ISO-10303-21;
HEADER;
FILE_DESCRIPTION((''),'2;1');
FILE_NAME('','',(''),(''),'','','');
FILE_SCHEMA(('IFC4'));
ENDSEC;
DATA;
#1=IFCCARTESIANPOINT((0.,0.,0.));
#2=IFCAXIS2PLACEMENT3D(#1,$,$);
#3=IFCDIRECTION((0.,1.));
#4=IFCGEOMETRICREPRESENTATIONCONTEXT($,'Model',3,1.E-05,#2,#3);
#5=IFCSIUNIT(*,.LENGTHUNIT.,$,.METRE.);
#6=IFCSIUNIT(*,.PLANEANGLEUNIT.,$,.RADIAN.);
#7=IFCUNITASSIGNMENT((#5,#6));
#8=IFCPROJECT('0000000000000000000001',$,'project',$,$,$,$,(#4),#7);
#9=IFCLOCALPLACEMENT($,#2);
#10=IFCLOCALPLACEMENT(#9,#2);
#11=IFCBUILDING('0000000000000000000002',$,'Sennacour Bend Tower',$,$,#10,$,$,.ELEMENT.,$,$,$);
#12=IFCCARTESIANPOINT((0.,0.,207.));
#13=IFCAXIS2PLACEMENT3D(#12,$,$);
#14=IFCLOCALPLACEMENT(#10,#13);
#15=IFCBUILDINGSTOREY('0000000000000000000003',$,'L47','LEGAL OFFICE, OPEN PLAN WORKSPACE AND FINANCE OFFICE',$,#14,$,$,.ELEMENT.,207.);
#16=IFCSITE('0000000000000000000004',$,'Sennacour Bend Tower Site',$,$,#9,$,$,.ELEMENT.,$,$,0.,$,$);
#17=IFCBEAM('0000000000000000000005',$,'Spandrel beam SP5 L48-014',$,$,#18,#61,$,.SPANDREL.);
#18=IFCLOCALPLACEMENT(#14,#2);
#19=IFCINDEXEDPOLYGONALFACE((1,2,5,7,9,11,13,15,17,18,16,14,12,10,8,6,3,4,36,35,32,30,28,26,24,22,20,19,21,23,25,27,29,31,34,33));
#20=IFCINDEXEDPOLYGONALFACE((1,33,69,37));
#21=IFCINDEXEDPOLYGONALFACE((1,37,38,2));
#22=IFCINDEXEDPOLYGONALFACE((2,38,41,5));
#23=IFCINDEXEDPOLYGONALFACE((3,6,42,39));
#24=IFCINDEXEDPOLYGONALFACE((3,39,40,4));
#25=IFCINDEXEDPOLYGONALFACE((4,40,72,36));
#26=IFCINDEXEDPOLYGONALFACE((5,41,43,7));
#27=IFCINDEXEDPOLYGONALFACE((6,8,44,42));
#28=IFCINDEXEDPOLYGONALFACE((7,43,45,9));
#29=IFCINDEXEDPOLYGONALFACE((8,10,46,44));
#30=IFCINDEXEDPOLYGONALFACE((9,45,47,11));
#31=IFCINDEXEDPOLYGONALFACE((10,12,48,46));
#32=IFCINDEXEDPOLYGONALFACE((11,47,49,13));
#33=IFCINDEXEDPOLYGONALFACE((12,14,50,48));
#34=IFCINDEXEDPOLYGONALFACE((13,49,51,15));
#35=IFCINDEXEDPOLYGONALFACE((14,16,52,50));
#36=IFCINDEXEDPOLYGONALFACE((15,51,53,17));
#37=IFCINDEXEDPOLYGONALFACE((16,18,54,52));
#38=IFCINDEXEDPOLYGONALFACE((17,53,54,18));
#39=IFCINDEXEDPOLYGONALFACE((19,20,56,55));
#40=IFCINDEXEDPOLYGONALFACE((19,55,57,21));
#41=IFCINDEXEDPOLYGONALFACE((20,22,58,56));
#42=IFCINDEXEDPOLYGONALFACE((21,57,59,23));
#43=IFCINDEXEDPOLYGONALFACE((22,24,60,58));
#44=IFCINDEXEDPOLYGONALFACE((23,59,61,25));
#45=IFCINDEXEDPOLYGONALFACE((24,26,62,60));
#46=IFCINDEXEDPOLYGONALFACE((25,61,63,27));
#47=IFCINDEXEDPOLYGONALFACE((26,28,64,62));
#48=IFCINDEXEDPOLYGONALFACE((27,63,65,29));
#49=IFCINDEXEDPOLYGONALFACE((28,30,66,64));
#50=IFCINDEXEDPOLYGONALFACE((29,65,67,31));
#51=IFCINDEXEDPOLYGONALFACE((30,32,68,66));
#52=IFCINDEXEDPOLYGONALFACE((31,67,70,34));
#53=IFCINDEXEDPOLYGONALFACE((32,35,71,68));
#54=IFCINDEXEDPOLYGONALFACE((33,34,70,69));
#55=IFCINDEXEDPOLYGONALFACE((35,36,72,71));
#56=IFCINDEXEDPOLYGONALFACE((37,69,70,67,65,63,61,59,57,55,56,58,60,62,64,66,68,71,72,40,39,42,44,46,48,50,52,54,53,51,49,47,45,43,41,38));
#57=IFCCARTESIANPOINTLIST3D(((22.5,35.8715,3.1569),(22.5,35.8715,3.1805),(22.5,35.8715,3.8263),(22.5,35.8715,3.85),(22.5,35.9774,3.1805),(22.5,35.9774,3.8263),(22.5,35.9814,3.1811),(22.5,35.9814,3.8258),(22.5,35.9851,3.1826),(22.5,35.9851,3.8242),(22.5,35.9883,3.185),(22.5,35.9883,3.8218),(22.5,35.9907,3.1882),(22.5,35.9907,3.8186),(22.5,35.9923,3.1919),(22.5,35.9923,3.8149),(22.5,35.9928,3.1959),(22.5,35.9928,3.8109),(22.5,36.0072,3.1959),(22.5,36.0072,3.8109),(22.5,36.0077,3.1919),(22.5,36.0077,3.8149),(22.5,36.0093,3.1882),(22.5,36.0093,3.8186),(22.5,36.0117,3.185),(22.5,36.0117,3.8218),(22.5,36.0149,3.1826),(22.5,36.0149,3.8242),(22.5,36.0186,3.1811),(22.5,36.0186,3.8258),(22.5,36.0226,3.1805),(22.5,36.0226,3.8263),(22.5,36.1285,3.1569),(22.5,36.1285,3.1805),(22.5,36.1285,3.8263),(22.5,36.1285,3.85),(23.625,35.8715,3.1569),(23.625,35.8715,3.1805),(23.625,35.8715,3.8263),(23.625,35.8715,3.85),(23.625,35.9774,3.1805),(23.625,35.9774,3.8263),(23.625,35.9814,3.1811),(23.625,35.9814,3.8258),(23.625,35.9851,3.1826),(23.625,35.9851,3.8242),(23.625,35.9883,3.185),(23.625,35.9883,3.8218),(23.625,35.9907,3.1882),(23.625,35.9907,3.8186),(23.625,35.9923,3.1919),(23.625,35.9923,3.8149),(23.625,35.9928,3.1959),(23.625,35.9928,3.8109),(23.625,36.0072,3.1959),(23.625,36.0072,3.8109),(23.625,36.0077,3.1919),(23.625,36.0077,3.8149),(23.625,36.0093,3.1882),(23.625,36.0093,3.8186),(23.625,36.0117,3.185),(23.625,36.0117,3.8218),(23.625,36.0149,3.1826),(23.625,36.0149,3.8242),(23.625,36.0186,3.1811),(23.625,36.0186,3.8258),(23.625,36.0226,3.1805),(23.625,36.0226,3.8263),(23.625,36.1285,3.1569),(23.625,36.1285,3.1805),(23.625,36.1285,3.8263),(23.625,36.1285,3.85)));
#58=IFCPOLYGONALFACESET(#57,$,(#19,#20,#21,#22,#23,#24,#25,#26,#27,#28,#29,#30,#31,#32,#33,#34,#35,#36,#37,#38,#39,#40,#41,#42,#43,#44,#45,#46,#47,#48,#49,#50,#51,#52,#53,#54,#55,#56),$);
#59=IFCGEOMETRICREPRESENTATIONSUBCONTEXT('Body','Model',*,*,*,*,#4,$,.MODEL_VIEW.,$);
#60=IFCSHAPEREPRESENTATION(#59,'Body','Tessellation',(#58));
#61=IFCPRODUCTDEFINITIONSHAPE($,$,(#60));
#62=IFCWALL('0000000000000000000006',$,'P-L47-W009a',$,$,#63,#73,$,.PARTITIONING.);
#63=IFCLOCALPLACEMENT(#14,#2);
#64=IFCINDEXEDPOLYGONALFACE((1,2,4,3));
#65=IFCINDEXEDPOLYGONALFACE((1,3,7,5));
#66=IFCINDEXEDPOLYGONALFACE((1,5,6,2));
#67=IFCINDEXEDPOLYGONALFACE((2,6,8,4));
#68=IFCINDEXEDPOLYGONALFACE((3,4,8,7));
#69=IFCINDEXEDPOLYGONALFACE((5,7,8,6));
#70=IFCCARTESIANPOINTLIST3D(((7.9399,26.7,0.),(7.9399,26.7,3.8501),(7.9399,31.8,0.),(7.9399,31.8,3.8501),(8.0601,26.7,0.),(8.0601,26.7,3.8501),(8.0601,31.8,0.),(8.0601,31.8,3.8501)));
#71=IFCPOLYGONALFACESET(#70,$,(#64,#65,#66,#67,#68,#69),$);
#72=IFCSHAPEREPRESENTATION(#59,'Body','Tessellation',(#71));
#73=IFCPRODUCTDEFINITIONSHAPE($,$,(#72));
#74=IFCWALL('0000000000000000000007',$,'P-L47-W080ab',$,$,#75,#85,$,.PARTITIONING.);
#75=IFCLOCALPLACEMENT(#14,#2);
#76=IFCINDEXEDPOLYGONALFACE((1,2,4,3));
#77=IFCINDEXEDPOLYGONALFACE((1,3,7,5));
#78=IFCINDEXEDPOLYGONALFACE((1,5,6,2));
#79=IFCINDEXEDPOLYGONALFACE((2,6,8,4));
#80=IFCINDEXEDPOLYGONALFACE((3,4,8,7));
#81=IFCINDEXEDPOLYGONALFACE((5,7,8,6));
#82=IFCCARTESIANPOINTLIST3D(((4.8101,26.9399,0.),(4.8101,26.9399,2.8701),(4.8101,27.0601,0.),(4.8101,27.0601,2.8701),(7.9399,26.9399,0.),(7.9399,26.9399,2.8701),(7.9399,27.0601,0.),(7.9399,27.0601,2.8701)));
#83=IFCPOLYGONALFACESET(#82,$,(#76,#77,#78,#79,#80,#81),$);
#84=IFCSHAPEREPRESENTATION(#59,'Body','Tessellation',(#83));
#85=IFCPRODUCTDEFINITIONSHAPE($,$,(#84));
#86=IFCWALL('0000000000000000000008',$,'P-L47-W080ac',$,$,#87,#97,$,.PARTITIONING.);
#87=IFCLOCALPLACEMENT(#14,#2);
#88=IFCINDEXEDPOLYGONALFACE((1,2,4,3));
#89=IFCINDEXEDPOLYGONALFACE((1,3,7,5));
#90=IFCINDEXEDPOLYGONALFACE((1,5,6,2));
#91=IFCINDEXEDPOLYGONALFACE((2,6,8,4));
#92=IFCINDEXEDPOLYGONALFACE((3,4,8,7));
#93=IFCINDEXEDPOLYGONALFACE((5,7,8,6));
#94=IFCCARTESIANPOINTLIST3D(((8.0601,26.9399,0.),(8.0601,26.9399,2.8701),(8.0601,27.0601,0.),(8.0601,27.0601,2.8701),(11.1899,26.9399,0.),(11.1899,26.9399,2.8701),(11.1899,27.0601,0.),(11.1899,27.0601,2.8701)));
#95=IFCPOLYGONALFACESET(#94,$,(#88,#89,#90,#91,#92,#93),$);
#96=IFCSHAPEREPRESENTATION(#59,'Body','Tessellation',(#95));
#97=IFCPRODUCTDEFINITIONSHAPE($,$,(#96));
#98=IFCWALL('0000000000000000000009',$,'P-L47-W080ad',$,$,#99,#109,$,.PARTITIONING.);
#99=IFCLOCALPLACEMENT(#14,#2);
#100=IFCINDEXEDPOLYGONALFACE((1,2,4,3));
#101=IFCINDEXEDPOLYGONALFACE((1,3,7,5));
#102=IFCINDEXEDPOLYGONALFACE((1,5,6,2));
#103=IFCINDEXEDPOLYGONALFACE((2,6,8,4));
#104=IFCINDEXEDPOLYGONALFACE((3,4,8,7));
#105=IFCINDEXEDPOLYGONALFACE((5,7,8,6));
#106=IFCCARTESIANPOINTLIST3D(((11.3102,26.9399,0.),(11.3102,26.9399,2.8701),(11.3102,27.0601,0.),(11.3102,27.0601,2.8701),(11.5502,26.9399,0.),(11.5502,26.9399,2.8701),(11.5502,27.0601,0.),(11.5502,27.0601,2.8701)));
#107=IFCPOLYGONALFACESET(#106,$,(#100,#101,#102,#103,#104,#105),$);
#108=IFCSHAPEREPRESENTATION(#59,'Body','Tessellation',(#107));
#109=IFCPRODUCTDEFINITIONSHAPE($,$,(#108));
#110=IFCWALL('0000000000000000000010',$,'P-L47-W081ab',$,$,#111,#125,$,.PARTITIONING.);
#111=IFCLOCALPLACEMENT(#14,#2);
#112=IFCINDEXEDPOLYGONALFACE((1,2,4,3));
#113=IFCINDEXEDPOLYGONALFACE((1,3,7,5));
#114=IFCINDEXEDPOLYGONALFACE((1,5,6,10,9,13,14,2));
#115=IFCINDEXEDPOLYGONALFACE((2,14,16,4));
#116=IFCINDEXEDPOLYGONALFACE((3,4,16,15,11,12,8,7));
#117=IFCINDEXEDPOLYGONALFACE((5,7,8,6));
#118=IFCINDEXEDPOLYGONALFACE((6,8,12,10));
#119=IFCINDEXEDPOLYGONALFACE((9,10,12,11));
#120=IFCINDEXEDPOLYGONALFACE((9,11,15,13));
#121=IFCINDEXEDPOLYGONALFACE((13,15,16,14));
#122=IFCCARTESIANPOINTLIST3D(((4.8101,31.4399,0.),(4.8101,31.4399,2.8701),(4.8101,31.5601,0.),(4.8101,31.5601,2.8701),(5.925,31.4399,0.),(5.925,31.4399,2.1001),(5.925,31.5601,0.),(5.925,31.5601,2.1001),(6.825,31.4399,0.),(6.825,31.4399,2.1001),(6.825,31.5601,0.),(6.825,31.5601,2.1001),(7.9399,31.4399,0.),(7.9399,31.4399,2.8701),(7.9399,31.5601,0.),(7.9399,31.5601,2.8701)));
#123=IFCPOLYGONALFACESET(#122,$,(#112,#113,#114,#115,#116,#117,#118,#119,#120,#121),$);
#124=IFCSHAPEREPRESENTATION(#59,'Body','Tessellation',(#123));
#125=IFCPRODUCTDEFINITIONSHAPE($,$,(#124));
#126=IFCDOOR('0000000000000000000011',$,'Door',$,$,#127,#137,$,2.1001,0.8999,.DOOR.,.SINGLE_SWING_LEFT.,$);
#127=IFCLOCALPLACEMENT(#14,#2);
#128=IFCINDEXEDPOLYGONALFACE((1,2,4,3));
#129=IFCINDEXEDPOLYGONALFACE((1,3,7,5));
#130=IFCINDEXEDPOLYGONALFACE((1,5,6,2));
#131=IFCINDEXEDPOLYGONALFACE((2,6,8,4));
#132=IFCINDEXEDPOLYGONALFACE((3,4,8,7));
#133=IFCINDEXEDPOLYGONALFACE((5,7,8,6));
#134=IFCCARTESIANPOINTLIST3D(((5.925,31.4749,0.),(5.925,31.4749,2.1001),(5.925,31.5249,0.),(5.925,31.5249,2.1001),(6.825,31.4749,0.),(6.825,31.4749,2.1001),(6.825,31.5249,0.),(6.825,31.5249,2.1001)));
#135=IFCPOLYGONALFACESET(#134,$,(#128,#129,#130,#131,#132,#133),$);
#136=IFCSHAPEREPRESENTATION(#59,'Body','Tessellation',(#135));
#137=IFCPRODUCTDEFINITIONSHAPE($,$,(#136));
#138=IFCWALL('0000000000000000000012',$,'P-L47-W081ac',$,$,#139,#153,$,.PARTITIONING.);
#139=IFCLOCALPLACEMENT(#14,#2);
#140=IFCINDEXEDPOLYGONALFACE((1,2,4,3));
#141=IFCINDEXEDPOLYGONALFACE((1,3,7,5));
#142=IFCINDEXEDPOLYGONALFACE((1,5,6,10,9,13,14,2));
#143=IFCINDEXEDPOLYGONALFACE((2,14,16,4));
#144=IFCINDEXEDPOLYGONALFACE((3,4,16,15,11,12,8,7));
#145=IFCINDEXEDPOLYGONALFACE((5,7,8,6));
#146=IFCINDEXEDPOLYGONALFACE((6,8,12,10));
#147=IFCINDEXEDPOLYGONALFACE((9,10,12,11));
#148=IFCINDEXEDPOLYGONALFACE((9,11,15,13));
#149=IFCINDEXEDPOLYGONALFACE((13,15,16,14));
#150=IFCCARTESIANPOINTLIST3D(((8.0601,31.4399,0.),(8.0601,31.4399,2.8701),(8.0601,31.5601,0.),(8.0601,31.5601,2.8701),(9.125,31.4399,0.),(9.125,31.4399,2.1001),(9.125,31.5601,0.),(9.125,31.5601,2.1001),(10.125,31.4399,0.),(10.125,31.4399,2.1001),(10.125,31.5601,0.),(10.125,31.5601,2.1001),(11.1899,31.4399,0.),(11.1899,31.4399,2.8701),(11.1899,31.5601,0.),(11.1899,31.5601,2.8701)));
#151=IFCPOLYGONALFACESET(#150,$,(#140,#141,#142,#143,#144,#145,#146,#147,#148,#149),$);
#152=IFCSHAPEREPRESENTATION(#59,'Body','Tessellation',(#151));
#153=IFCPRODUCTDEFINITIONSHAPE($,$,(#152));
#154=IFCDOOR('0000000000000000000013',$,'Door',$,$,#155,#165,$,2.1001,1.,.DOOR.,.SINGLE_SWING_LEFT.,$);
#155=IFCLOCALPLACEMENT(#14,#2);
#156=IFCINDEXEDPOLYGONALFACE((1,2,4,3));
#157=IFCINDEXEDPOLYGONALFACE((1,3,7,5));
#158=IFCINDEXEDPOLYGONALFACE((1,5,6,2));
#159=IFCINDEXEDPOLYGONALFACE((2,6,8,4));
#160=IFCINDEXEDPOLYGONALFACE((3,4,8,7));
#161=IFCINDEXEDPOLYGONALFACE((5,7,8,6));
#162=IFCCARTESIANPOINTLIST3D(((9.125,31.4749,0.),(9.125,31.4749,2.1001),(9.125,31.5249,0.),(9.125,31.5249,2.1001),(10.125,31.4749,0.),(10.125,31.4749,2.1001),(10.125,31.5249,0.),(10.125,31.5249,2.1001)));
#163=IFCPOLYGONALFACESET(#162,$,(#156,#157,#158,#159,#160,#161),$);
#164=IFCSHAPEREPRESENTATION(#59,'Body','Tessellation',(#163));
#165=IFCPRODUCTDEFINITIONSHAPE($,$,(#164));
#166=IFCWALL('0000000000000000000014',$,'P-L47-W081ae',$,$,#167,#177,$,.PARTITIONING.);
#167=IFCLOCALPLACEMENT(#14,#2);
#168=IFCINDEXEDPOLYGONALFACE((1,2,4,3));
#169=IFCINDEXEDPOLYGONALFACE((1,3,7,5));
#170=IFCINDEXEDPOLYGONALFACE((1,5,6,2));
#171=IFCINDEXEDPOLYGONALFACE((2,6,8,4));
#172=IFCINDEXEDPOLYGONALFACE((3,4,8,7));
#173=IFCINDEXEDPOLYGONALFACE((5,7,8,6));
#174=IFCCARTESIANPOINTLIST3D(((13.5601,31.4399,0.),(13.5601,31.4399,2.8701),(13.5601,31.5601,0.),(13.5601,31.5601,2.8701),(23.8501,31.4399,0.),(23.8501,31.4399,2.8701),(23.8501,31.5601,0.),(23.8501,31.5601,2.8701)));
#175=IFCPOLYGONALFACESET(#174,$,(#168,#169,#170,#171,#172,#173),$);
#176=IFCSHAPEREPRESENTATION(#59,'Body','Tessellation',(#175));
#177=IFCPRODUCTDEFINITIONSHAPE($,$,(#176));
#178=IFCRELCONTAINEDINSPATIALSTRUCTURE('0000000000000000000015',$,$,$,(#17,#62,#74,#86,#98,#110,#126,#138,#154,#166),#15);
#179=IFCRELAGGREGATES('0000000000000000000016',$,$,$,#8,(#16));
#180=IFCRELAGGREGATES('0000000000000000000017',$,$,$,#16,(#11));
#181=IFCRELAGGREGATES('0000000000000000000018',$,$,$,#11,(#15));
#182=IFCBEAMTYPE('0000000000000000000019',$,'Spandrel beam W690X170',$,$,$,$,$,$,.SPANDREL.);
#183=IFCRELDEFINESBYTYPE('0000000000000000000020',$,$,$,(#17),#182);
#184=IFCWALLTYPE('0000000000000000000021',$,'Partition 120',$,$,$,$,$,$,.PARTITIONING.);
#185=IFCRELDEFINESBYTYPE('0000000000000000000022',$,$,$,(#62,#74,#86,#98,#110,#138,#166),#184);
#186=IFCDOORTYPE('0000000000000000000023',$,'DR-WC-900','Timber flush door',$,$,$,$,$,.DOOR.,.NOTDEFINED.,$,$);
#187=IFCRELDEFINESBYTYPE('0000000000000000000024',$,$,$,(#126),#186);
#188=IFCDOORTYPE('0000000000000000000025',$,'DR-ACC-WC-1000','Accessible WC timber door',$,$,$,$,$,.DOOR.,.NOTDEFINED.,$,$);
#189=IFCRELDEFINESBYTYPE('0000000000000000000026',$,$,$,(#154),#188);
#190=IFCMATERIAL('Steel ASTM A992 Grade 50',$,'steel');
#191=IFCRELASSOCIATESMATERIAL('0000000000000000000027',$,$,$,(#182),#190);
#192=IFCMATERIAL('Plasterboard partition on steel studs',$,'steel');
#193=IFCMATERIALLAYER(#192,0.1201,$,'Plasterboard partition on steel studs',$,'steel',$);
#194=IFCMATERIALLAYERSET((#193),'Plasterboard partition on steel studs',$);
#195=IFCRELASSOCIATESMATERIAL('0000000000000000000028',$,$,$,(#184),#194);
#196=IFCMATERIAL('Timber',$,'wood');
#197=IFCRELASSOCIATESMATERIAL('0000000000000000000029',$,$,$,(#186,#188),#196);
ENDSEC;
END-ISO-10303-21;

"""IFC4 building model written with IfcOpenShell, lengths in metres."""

from ifc_helpers import new_model, si_unit, direction, frame, frame_2d, origin, origin_2d, place, context, subcontext, project, spatial, rectangle, i_section, extrude, material, layer, layer_set, material_profile, profile_set, type_object, element, fill, save


model = new_model("IFC4")

# Units and contexts
model_context = context("Model", 3, precision=1e-05, world=origin(), true_north=direction((0.0, 1.0)))
body_context = subcontext(model_context, "Body", "Model", "MODEL_VIEW")
ifc_project = project(units=[si_unit("LENGTHUNIT", "METRE"), si_unit("PLANEANGLEUNIT", "RADIAN")], contexts=[model_context])

# Site, building, storey
site_placement = place(None, origin())
site = spatial("IfcSite", under=ifc_project, at=site_placement, Name="Sennacour Bend Tower Site", CompositionType="ELEMENT", RefElevation=0.0)
building_placement = place(site_placement, origin())
building = spatial("IfcBuilding", under=site, at=building_placement, Name="Sennacour Bend Tower", CompositionType="ELEMENT")
storey_placement = place(building_placement, frame((0.0, 0.0, 207.0)))
storey = spatial("IfcBuildingStorey", under=building, at=storey_placement, Name="L47", Description="LEGAL OFFICE, OPEN PLAN WORKSPACE AND FINANCE OFFICE", CompositionType="ELEMENT", Elevation=207.0)

# Beam
ifc_material_1 = material(Name="Steel ASTM A992 Grade 50", Category="steel")
ifc_material_profile_1 = material_profile(ifc_material_1, i_section(OverallWidth=0.2571, OverallDepth=0.6931, WebThickness=0.0144, FlangeThickness=0.0237, FilletRadius=0.0154, at=origin_2d()), Name="Steel ASTM A992 Grade 50", Category="steel")
ifc_profile_set_1 = profile_set([ifc_material_profile_1], Name="Steel ASTM A992 Grade 50")
beam_type_1 = type_object("IfcBeamType", Name="Spandrel beam W690X170", PredefinedType="SPANDREL", material=ifc_profile_set_1)
beam_1_placement = place(storey_placement, frame((22.5, 36.0, 3.5034), z_axis=(1.0, 0.0, 0.0), x_axis=(0.0, 1.0, 0.0)))
element("IfcBeam", 1, at=beam_1_placement, inside=storey, type_object=beam_type_1, Name="Spandrel beam SP5 L48-014", PredefinedType="SPANDREL", context=body_context, shape_type="SweptSolid", body=[
    extrude(i_section(OverallWidth=0.2571, OverallDepth=0.6931, WebThickness=0.0144, FlangeThickness=0.0237, FilletRadius=0.0154, at=origin_2d()), origin(), (0.0, 0.0, 1.0), 1.125),
])

# Walls
ifc_material_2 = material(Name="Plasterboard partition on steel studs", Category="steel")
ifc_layer_1 = layer(ifc_material_2, 0.1201, Name="Plasterboard partition on steel studs", Category="steel")
ifc_layer_set_1 = layer_set([ifc_layer_1], Name="Plasterboard partition on steel studs")
wall_type_1 = type_object("IfcWallType", Name="Partition 120", PredefinedType="PARTITIONING", material=ifc_layer_set_1)
wall_1_placement = place(storey_placement, frame((8.0, 26.7, 0.0), z_axis=(0.0, 0.0, 1.0), x_axis=(0.0, 1.0, 0.0)))
element("IfcWall", 2, at=wall_1_placement, inside=storey, type_object=wall_type_1, Name="P-L47-W009a", PredefinedType="PARTITIONING", context=body_context, shape_type="SweptSolid", body=[
    extrude(rectangle(XDim=5.1001, YDim=0.1201, at=frame_2d((2.55, 0.0))), origin(), (0.0, 0.0, 1.0), 3.8501),
])
for number, where, z_axis, x_axis, name in (
    (3, (4.8101, 27.0, 0.0), (0.0, 0.0, 1.0), (1.0, 0.0, 0.0), "P-L47-W080ab"),
    (4, (8.0601, 27.0, 0.0), (0.0, 0.0, 1.0), (1.0, 0.0, 0.0), "P-L47-W080ac"),
):
    element("IfcWall", number, at=place(storey_placement, frame(where, z_axis=z_axis, x_axis=x_axis)), inside=storey, type_object=wall_type_1, Name=name, PredefinedType="PARTITIONING", context=body_context, shape_type="SweptSolid", body=[
        extrude(rectangle(XDim=3.1299, YDim=0.1201, at=frame_2d((1.5649, 0.0))), origin(), (0.0, 0.0, 1.0), 2.8701),
    ])
wall_2_placement = place(storey_placement, frame((11.3101, 27.0, 0.0), z_axis=(0.0, 0.0, 1.0), x_axis=(1.0, 0.0, 0.0)))
element("IfcWall", 5, at=wall_2_placement, inside=storey, type_object=wall_type_1, Name="P-L47-W080ad", PredefinedType="PARTITIONING", context=body_context, shape_type="SweptSolid", body=[
    extrude(rectangle(XDim=0.24, YDim=0.1201, at=frame_2d((0.1201, 0.0))), origin(), (0.0, 0.0, 1.0), 2.8701),
])

# Walls, openings, doors
wall_3_placement = place(storey_placement, frame((4.8101, 31.5, 0.0), z_axis=(0.0, 0.0, 1.0), x_axis=(1.0, 0.0, 0.0)))
wall_3 = element("IfcWall", 6, at=wall_3_placement, inside=storey, type_object=wall_type_1, Name="P-L47-W081ab", PredefinedType="PARTITIONING", context=body_context, shape_type="SweptSolid", body=[
    extrude(rectangle(XDim=3.1299, YDim=0.1201, at=frame_2d((1.5649, 0.0))), origin(), (0.0, 0.0, 1.0), 2.8701),
])
opening_1_placement = place(wall_3_placement, frame((1.115, 0.0, 0.0)))
opening_1 = element("IfcOpeningElement", 7, at=opening_1_placement, cuts=wall_3, PredefinedType="OPENING", context=body_context, shape_type="SweptSolid", body=[
    extrude(rectangle(XDim=0.8999, YDim=2.1001, at=frame_2d((0.45, 1.05))), frame((0.0, 0.0701, 0.0), z_axis=(0.0, -1.0, 0.0), x_axis=(1.0, 0.0, 0.0)), (0.0, 0.0, 1.0), 0.1401),
])
ifc_material_3 = material(Name="Timber", Category="wood")
door_type_1 = type_object("IfcDoorType", Name="DR-WC-900", Description="Timber flush door", OperationType="NOTDEFINED", PredefinedType="DOOR", material=ifc_material_3)
door_1_placement = place(opening_1_placement, origin())
door_1 = element("IfcDoor", 8, at=door_1_placement, inside=storey, type_object=door_type_1, Name="Door", OperationType="SINGLE_SWING_LEFT", OverallHeight=2.1001, OverallWidth=0.8999, PredefinedType="DOOR", context=body_context, shape_type="SweptSolid", body=[
    extrude(rectangle(XDim=0.8999, YDim=2.1001, at=frame_2d((0.45, 1.05))), frame((0.0, 0.0249, 0.0), z_axis=(0.0, -1.0, 0.0), x_axis=(1.0, 0.0, 0.0)), (0.0, 0.0, 1.0), 0.05),
])
fill(opening_1, door_1)
wall_4_placement = place(storey_placement, frame((8.0601, 31.5, 0.0), z_axis=(0.0, 0.0, 1.0), x_axis=(1.0, 0.0, 0.0)))
wall_4 = element("IfcWall", 9, at=wall_4_placement, inside=storey, type_object=wall_type_1, Name="P-L47-W081ac", PredefinedType="PARTITIONING", context=body_context, shape_type="SweptSolid", body=[
    extrude(rectangle(XDim=3.1299, YDim=0.1201, at=frame_2d((1.5649, 0.0))), origin(), (0.0, 0.0, 1.0), 2.8701),
])
opening_2_placement = place(wall_4_placement, frame((1.0649, 0.0, 0.0)))
opening_2 = element("IfcOpeningElement", 10, at=opening_2_placement, cuts=wall_4, PredefinedType="OPENING", context=body_context, shape_type="SweptSolid", body=[
    extrude(rectangle(XDim=1.0, YDim=2.1001, at=frame_2d((0.5, 1.05))), frame((0.0, 0.0701, 0.0), z_axis=(0.0, -1.0, 0.0), x_axis=(1.0, 0.0, 0.0)), (0.0, 0.0, 1.0), 0.1401),
])
door_type_2 = type_object("IfcDoorType", Name="DR-ACC-WC-1000", Description="Accessible WC timber door", OperationType="NOTDEFINED", PredefinedType="DOOR", material=ifc_material_3)
door_2_placement = place(opening_2_placement, origin())
door_2 = element("IfcDoor", 11, at=door_2_placement, inside=storey, type_object=door_type_2, Name="Door", OperationType="SINGLE_SWING_LEFT", OverallHeight=2.1001, OverallWidth=1.0, PredefinedType="DOOR", context=body_context, shape_type="SweptSolid", body=[
    extrude(rectangle(XDim=1.0, YDim=2.1001, at=frame_2d((0.5, 1.05))), frame((0.0, 0.0249, 0.0), z_axis=(0.0, -1.0, 0.0), x_axis=(1.0, 0.0, 0.0)), (0.0, 0.0, 1.0), 0.05),
])
fill(opening_2, door_2)

# Wall
wall_5_placement = place(storey_placement, frame((13.5601, 31.5, 0.0), z_axis=(0.0, 0.0, 1.0), x_axis=(1.0, 0.0, 0.0)))
element("IfcWall", 12, at=wall_5_placement, inside=storey, type_object=wall_type_1, Name="P-L47-W081ae", PredefinedType="PARTITIONING", context=body_context, shape_type="SweptSolid", body=[
    extrude(rectangle(XDim=10.29, YDim=0.1201, at=frame_2d((5.145, 0.0))), origin(), (0.0, 0.0, 1.0), 2.8701),
])

save(model, "model.ifc")
